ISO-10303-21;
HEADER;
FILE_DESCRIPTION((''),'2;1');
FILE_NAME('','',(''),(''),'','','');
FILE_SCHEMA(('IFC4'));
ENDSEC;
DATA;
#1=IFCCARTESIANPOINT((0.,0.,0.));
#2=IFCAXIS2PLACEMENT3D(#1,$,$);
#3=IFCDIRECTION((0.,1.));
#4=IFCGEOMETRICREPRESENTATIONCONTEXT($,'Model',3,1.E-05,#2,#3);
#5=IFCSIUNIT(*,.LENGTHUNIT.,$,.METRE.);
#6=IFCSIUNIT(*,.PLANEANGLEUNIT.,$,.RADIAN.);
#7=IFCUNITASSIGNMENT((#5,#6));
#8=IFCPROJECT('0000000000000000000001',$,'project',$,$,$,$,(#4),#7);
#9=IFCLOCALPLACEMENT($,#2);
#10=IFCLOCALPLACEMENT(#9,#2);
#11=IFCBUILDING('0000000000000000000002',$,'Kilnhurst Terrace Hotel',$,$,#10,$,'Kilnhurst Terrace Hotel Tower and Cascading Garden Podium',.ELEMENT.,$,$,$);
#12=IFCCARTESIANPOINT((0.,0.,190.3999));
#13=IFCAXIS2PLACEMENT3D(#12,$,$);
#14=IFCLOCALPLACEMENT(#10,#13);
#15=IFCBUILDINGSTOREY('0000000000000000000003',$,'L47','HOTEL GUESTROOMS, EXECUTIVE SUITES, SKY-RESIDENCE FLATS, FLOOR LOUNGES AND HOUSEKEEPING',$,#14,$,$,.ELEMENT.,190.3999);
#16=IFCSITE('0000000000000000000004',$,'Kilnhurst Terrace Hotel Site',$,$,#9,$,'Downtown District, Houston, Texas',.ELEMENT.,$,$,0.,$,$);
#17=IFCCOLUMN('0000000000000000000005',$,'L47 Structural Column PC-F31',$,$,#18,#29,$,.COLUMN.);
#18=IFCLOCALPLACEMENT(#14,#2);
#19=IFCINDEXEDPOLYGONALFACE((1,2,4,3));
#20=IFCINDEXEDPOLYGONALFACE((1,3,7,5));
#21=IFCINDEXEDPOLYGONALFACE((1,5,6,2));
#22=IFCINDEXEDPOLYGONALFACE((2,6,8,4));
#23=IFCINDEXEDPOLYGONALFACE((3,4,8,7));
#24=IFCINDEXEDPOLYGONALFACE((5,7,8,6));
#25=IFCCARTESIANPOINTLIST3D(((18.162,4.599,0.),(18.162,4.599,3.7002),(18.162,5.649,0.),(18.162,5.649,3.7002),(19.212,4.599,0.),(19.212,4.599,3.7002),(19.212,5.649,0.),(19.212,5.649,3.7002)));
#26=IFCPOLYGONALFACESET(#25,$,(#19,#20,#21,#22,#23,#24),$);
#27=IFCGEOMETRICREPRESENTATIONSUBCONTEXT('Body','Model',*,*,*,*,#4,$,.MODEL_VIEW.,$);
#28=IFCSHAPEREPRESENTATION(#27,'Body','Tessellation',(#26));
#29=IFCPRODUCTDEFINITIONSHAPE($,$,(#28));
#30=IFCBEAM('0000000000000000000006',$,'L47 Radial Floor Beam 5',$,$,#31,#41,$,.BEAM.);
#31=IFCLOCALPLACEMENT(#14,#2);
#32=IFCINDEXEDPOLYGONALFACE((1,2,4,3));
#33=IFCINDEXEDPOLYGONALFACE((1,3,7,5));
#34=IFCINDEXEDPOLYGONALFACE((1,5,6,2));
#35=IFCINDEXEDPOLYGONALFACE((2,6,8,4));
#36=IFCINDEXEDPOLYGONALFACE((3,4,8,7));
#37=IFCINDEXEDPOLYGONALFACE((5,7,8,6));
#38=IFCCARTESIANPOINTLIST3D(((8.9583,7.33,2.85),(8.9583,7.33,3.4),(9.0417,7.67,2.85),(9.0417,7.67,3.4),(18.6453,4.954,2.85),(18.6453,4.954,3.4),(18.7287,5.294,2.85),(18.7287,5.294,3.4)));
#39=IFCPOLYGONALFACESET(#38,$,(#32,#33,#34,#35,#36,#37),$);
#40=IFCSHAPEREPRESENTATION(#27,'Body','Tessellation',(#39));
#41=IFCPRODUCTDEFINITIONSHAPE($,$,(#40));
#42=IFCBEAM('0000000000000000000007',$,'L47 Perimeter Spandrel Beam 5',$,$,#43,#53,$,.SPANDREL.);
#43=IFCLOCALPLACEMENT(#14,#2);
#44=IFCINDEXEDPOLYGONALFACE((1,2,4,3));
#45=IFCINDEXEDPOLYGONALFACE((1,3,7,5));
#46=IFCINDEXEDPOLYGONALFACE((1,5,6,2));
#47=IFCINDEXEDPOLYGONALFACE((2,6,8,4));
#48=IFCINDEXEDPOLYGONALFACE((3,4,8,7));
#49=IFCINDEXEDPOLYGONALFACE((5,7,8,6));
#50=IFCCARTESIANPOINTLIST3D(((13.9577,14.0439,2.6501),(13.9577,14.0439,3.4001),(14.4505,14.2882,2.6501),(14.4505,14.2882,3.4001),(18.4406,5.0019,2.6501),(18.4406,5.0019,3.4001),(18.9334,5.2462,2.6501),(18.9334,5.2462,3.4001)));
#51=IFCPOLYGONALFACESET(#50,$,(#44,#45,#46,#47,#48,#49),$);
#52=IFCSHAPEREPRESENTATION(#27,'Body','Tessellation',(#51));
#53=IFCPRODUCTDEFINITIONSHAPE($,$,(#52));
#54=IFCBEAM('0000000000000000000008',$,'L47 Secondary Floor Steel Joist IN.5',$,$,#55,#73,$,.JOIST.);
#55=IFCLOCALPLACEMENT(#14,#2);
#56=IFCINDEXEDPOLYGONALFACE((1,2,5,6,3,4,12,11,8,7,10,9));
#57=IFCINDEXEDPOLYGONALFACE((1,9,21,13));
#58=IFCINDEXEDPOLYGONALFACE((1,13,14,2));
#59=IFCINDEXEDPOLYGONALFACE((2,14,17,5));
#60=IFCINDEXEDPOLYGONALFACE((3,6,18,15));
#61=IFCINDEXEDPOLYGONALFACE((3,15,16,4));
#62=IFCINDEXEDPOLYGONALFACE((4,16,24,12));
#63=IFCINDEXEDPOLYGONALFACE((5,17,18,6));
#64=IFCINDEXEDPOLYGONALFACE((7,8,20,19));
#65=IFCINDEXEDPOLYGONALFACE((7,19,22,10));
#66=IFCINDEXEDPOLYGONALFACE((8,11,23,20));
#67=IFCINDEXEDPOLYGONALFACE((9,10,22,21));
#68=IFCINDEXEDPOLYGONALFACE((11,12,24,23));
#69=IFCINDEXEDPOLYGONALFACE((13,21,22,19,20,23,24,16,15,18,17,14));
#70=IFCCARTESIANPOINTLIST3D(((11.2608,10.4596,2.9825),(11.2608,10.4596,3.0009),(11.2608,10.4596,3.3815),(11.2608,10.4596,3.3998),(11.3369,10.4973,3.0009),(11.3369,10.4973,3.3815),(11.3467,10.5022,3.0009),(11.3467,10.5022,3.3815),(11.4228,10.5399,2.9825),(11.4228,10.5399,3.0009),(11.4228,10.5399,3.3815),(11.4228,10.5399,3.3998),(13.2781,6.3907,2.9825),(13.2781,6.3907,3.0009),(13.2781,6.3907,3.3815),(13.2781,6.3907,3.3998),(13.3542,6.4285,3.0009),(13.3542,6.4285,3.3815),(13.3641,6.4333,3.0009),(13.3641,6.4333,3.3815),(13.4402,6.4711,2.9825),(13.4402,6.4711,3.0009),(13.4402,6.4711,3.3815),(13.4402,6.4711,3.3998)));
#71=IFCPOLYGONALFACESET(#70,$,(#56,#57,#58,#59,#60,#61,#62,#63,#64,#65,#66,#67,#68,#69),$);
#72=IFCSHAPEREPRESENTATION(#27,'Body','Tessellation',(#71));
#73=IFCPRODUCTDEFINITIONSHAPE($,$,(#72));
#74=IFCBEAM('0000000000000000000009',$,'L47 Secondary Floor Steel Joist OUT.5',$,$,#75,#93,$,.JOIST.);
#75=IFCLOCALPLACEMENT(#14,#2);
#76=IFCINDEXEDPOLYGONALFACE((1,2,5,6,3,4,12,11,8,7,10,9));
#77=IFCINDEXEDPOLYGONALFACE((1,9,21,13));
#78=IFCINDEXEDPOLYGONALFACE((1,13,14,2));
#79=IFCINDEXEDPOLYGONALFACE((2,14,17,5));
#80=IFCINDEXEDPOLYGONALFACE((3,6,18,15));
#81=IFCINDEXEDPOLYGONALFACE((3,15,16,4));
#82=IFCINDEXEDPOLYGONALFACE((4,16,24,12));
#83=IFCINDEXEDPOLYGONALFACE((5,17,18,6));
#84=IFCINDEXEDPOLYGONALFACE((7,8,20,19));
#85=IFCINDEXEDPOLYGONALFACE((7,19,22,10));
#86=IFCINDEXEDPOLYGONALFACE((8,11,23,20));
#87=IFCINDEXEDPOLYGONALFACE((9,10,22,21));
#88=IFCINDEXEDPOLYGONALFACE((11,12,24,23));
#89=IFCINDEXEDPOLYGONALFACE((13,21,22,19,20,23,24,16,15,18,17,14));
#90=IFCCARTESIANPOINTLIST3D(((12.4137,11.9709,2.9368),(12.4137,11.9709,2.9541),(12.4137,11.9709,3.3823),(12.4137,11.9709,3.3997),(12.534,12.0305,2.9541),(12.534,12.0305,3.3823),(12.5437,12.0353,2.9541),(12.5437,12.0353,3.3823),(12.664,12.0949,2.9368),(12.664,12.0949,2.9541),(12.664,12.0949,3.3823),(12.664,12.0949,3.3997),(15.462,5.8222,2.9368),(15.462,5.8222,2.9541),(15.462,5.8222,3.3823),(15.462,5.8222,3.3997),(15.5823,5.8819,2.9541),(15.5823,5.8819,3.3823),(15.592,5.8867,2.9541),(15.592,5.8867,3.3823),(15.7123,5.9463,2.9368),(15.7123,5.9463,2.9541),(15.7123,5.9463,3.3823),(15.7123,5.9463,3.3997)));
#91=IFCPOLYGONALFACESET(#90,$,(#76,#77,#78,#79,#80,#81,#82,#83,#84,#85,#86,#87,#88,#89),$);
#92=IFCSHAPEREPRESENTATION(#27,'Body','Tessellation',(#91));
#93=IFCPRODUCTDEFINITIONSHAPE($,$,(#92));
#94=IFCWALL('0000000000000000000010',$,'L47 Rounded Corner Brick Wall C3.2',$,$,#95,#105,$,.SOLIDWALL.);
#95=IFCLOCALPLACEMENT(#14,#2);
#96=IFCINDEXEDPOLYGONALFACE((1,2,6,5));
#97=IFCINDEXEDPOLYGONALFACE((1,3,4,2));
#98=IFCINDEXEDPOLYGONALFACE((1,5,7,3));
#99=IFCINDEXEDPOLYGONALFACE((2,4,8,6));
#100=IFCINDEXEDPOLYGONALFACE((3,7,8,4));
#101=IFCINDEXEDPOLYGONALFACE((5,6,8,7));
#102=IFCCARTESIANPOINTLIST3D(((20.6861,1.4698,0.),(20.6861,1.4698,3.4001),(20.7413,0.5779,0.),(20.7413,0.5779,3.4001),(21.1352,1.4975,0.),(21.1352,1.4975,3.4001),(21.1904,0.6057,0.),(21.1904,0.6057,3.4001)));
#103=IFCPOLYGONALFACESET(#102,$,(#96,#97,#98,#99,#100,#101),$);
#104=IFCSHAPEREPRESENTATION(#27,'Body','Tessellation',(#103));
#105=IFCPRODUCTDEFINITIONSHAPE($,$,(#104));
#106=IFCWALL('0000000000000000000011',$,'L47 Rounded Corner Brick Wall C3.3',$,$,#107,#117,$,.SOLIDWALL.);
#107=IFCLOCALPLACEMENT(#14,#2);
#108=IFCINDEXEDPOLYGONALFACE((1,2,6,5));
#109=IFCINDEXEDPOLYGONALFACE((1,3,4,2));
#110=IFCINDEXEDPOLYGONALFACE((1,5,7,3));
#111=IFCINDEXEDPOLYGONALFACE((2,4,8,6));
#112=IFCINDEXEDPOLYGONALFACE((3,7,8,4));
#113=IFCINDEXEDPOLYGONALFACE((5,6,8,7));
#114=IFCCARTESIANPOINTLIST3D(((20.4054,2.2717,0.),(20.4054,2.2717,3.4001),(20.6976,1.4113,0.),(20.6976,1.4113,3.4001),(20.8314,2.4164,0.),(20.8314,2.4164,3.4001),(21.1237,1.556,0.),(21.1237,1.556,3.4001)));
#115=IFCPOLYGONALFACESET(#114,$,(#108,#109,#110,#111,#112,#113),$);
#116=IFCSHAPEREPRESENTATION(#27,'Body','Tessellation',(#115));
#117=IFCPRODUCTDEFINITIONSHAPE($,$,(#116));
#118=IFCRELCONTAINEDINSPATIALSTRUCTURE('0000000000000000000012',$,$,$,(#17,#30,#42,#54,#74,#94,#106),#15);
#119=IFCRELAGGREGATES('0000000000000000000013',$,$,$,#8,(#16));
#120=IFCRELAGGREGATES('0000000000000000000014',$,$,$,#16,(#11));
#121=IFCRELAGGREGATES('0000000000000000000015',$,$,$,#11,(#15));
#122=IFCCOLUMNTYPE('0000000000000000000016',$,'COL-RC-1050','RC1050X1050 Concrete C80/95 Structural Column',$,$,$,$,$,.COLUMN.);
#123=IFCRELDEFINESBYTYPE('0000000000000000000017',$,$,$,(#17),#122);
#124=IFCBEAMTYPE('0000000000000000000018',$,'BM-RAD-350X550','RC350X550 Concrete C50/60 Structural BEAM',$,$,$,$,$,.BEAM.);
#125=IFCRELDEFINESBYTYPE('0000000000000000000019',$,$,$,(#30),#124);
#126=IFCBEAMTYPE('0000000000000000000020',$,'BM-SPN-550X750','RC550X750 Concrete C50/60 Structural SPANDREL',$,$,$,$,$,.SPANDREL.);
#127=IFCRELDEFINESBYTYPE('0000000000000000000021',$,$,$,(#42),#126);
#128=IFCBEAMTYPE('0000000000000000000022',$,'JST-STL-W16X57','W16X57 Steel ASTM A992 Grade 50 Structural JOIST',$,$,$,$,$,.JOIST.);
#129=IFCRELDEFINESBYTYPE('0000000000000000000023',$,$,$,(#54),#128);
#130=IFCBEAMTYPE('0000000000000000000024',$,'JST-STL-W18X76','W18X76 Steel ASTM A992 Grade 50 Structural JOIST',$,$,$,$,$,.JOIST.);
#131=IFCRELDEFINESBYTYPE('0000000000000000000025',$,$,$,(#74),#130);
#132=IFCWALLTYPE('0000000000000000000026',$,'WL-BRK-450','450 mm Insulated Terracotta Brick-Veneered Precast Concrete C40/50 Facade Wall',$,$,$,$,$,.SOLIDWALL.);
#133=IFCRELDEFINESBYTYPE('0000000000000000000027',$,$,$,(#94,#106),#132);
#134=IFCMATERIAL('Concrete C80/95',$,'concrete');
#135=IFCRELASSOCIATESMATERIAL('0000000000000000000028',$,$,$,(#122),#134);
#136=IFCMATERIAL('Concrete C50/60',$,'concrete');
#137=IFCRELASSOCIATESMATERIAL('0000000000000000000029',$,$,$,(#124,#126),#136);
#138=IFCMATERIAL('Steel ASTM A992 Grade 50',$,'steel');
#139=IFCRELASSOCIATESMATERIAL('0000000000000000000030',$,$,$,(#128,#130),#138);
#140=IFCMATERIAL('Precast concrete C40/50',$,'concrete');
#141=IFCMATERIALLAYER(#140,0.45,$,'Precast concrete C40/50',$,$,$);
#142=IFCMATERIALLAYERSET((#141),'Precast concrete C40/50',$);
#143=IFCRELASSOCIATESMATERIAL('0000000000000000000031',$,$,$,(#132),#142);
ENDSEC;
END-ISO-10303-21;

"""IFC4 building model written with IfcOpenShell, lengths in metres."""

from ifc_helpers import new_model, si_unit, direction, frame, frame_2d, origin, origin_2d, place, context, subcontext, project, spatial, rectangle, i_section, extrude, material, layer, layer_set, material_profile, profile_set, type_object, element, save


model = new_model("IFC4")

# Units and contexts
model_context = context("Model", 3, precision=1e-05, world=origin(), true_north=direction((0.0, 1.0)))
body_context = subcontext(model_context, "Body", "Model", "MODEL_VIEW")
ifc_project = project(units=[si_unit("LENGTHUNIT", "METRE"), si_unit("PLANEANGLEUNIT", "RADIAN")], contexts=[model_context])

# Site, building, storey
site_placement = place(None, origin())
site = spatial("IfcSite", under=ifc_project, at=site_placement, Name="Kilnhurst Terrace Hotel Site", LongName="Downtown District, Houston, Texas", CompositionType="ELEMENT", RefElevation=0.0)
building_placement = place(site_placement, origin())
building = spatial("IfcBuilding", under=site, at=building_placement, Name="Kilnhurst Terrace Hotel", LongName="Kilnhurst Terrace Hotel Tower and Cascading Garden Podium", CompositionType="ELEMENT")
storey_placement = place(building_placement, frame((0.0, 0.0, 190.3999)))
storey = spatial("IfcBuildingStorey", under=building, at=storey_placement, Name="L47", Description="HOTEL GUESTROOMS, EXECUTIVE SUITES, SKY-RESIDENCE FLATS, FLOOR LOUNGES AND HOUSEKEEPING", CompositionType="ELEMENT", Elevation=190.3999)

# Column
ifc_material_1 = material(Name="Concrete C80/95", Category="concrete")
ifc_material_profile_1 = material_profile(ifc_material_1, rectangle(XDim=1.05, YDim=1.05, at=origin_2d()), Name="RC1050X1050")
ifc_profile_set_1 = profile_set([ifc_material_profile_1], Name="Concrete C80/95")
column_type = type_object("IfcColumnType", Name="COL-RC-1050", Description="RC1050X1050 Concrete C80/95 Structural Column", PredefinedType="COLUMN", material=ifc_profile_set_1)
column_placement = place(storey_placement, frame((18.687, 5.124, 0.0), z_axis=(0.0, 0.0, 1.0), x_axis=(1.0, 0.0, 0.0)))
element("IfcColumn", 1, at=column_placement, inside=storey, type_object=column_type, Name="L47 Structural Column PC-F31", PredefinedType="COLUMN", context=body_context, shape_type="SweptSolid", body=[
    extrude(rectangle(XDim=1.05, YDim=1.05, at=origin_2d()), origin(), (0.0, 0.0, 1.0), 3.7002),
])

# Beams
ifc_material_2 = material(Name="Concrete C50/60", Category="concrete")
ifc_material_profile_2 = material_profile(ifc_material_2, rectangle(XDim=0.3501, YDim=0.55, at=origin_2d()), Name="RC350X550")
ifc_profile_set_2 = profile_set([ifc_material_profile_2], Name="Concrete C50/60")
beam_type_1 = type_object("IfcBeamType", Name="BM-RAD-350X550", Description="RC350X550 Concrete C50/60 Structural BEAM", PredefinedType="BEAM", material=ifc_profile_set_2)
beam_1_placement = place(storey_placement, frame((9.0, 7.5, 3.125), z_axis=(0.971213, -0.238214, 0.0), x_axis=(0.238214, 0.971213, 0.0)))
element("IfcBeam", 2, at=beam_1_placement, inside=storey, type_object=beam_type_1, Name="L47 Radial Floor Beam 5", PredefinedType="BEAM", context=body_context, shape_type="SweptSolid", body=[
    extrude(rectangle(XDim=0.3501, YDim=0.55, at=origin_2d()), origin(), (0.0, 0.0, 1.0), 9.9741),
])
ifc_material_profile_3 = material_profile(ifc_material_2, rectangle(XDim=0.55, YDim=0.75, at=origin_2d()), Name="RC550X750")
ifc_profile_set_3 = profile_set([ifc_material_profile_3], Name="Concrete C50/60")
beam_type_2 = type_object("IfcBeamType", Name="BM-SPN-550X750", Description="RC550X750 Concrete C50/60 Structural SPANDREL", PredefinedType="SPANDREL", material=ifc_profile_set_3)
beam_2_placement = place(storey_placement, frame((18.687, 5.124, 3.0251), z_axis=(-0.444192, 0.895932, 0.0), x_axis=(-0.895932, -0.444192, 0.0)))
element("IfcBeam", 3, at=beam_2_placement, inside=storey, type_object=beam_type_2, Name="L47 Perimeter Spandrel Beam 5", PredefinedType="SPANDREL", context=body_context, shape_type="SweptSolid", body=[
    extrude(rectangle(XDim=0.55, YDim=0.75, at=origin_2d()), origin(), (0.0, 0.0, 1.0), 10.0923),
])
ifc_material_3 = material(Name="Steel ASTM A992 Grade 50", Category="steel")
ifc_material_profile_4 = material_profile(ifc_material_3, i_section(OverallWidth=0.1809, OverallDepth=0.4172, WebThickness=0.011, FlangeThickness=0.0183, at=origin_2d()), Name="W16X57")
ifc_profile_set_4 = profile_set([ifc_material_profile_4], Name="Steel ASTM A992 Grade 50")
beam_type_3 = type_object("IfcBeamType", Name="JST-STL-W16X57", Description="W16X57 Steel ASTM A992 Grade 50 Structural JOIST", PredefinedType="JOIST", material=ifc_profile_set_4)
beam_3_placement = place(storey_placement, frame((13.3591, 6.4309, 3.1912), z_axis=(-0.444201, 0.895927, 0.0), x_axis=(-0.895927, -0.444201, 0.0)))
element("IfcBeam", 4, at=beam_3_placement, inside=storey, type_object=beam_type_3, Name="L47 Secondary Floor Steel Joist IN.5", PredefinedType="JOIST", context=body_context, shape_type="SweptSolid", body=[
    extrude(i_section(OverallWidth=0.1809, OverallDepth=0.4172, WebThickness=0.011, FlangeThickness=0.0183, at=origin_2d()), origin(), (0.0, 0.0, 1.0), 4.5415),
])
ifc_material_profile_5 = material_profile(ifc_material_3, i_section(OverallWidth=0.2793, OverallDepth=0.4629, WebThickness=0.0107, FlangeThickness=0.0173, at=origin_2d()), Name="W18X76")
ifc_profile_set_5 = profile_set([ifc_material_profile_5], Name="Steel ASTM A992 Grade 50")
beam_type_4 = type_object("IfcBeamType", Name="JST-STL-W18X76", Description="W18X76 Steel ASTM A992 Grade 50 Structural JOIST", PredefinedType="JOIST", material=ifc_profile_set_5)
beam_4_placement = place(storey_placement, frame((15.5872, 5.8843, 3.1682), z_axis=(-0.44418, 0.895938, 0.0), x_axis=(-0.895938, -0.44418, 0.0)))
element("IfcBeam", 5, at=beam_4_placement, inside=storey, type_object=beam_type_4, Name="L47 Secondary Floor Steel Joist OUT.5", PredefinedType="JOIST", context=body_context, shape_type="SweptSolid", body=[
    extrude(i_section(OverallWidth=0.2793, OverallDepth=0.4629, WebThickness=0.0107, FlangeThickness=0.0173, at=origin_2d()), origin(), (0.0, 0.0, 1.0), 6.8628),
])

# Walls
ifc_material_4 = material(Name="Precast concrete C40/50", Category="concrete")
ifc_layer_1 = layer(ifc_material_4, 0.45, Name="Precast concrete C40/50")
ifc_layer_set_1 = layer_set([ifc_layer_1], Name="Precast concrete C40/50")
wall_type_1 = type_object("IfcWallType", Name="WL-BRK-450", Description="450 mm Insulated Terracotta Brick-Veneered Precast Concrete C40/50 Facade Wall", PredefinedType="SOLIDWALL", material=ifc_layer_set_1)
wall_1_placement = place(storey_placement, frame((20.9658, 0.5918, 0.0), z_axis=(0.0, 0.0, 1.0), x_axis=(-0.061749, 0.998092, 0.0)))
element("IfcWall", 6, at=wall_1_placement, inside=storey, type_object=wall_type_1, Name="L47 Rounded Corner Brick Wall C3.2", PredefinedType="SOLIDWALL", context=body_context, shape_type="SweptSolid", body=[
    extrude(rectangle(XDim=0.8936, YDim=0.45, at=frame_2d((0.4468, 0.0))), origin(), (0.0, 0.0, 1.0), 3.4001),
])
wall_2_placement = place(storey_placement, frame((20.9106, 1.4836, 0.0), z_axis=(0.0, 0.0, 1.0), x_axis=(-0.321623, 0.946868, 0.0)))
element("IfcWall", 7, at=wall_2_placement, inside=storey, type_object=wall_type_1, Name="L47 Rounded Corner Brick Wall C3.3", PredefinedType="SOLIDWALL", context=body_context, shape_type="SweptSolid", body=[
    extrude(rectangle(XDim=0.9087, YDim=0.45, at=frame_2d((0.4543, 0.0))), origin(), (0.0, 0.0, 1.0), 3.4001),
])

save(model, "model.ifc")
